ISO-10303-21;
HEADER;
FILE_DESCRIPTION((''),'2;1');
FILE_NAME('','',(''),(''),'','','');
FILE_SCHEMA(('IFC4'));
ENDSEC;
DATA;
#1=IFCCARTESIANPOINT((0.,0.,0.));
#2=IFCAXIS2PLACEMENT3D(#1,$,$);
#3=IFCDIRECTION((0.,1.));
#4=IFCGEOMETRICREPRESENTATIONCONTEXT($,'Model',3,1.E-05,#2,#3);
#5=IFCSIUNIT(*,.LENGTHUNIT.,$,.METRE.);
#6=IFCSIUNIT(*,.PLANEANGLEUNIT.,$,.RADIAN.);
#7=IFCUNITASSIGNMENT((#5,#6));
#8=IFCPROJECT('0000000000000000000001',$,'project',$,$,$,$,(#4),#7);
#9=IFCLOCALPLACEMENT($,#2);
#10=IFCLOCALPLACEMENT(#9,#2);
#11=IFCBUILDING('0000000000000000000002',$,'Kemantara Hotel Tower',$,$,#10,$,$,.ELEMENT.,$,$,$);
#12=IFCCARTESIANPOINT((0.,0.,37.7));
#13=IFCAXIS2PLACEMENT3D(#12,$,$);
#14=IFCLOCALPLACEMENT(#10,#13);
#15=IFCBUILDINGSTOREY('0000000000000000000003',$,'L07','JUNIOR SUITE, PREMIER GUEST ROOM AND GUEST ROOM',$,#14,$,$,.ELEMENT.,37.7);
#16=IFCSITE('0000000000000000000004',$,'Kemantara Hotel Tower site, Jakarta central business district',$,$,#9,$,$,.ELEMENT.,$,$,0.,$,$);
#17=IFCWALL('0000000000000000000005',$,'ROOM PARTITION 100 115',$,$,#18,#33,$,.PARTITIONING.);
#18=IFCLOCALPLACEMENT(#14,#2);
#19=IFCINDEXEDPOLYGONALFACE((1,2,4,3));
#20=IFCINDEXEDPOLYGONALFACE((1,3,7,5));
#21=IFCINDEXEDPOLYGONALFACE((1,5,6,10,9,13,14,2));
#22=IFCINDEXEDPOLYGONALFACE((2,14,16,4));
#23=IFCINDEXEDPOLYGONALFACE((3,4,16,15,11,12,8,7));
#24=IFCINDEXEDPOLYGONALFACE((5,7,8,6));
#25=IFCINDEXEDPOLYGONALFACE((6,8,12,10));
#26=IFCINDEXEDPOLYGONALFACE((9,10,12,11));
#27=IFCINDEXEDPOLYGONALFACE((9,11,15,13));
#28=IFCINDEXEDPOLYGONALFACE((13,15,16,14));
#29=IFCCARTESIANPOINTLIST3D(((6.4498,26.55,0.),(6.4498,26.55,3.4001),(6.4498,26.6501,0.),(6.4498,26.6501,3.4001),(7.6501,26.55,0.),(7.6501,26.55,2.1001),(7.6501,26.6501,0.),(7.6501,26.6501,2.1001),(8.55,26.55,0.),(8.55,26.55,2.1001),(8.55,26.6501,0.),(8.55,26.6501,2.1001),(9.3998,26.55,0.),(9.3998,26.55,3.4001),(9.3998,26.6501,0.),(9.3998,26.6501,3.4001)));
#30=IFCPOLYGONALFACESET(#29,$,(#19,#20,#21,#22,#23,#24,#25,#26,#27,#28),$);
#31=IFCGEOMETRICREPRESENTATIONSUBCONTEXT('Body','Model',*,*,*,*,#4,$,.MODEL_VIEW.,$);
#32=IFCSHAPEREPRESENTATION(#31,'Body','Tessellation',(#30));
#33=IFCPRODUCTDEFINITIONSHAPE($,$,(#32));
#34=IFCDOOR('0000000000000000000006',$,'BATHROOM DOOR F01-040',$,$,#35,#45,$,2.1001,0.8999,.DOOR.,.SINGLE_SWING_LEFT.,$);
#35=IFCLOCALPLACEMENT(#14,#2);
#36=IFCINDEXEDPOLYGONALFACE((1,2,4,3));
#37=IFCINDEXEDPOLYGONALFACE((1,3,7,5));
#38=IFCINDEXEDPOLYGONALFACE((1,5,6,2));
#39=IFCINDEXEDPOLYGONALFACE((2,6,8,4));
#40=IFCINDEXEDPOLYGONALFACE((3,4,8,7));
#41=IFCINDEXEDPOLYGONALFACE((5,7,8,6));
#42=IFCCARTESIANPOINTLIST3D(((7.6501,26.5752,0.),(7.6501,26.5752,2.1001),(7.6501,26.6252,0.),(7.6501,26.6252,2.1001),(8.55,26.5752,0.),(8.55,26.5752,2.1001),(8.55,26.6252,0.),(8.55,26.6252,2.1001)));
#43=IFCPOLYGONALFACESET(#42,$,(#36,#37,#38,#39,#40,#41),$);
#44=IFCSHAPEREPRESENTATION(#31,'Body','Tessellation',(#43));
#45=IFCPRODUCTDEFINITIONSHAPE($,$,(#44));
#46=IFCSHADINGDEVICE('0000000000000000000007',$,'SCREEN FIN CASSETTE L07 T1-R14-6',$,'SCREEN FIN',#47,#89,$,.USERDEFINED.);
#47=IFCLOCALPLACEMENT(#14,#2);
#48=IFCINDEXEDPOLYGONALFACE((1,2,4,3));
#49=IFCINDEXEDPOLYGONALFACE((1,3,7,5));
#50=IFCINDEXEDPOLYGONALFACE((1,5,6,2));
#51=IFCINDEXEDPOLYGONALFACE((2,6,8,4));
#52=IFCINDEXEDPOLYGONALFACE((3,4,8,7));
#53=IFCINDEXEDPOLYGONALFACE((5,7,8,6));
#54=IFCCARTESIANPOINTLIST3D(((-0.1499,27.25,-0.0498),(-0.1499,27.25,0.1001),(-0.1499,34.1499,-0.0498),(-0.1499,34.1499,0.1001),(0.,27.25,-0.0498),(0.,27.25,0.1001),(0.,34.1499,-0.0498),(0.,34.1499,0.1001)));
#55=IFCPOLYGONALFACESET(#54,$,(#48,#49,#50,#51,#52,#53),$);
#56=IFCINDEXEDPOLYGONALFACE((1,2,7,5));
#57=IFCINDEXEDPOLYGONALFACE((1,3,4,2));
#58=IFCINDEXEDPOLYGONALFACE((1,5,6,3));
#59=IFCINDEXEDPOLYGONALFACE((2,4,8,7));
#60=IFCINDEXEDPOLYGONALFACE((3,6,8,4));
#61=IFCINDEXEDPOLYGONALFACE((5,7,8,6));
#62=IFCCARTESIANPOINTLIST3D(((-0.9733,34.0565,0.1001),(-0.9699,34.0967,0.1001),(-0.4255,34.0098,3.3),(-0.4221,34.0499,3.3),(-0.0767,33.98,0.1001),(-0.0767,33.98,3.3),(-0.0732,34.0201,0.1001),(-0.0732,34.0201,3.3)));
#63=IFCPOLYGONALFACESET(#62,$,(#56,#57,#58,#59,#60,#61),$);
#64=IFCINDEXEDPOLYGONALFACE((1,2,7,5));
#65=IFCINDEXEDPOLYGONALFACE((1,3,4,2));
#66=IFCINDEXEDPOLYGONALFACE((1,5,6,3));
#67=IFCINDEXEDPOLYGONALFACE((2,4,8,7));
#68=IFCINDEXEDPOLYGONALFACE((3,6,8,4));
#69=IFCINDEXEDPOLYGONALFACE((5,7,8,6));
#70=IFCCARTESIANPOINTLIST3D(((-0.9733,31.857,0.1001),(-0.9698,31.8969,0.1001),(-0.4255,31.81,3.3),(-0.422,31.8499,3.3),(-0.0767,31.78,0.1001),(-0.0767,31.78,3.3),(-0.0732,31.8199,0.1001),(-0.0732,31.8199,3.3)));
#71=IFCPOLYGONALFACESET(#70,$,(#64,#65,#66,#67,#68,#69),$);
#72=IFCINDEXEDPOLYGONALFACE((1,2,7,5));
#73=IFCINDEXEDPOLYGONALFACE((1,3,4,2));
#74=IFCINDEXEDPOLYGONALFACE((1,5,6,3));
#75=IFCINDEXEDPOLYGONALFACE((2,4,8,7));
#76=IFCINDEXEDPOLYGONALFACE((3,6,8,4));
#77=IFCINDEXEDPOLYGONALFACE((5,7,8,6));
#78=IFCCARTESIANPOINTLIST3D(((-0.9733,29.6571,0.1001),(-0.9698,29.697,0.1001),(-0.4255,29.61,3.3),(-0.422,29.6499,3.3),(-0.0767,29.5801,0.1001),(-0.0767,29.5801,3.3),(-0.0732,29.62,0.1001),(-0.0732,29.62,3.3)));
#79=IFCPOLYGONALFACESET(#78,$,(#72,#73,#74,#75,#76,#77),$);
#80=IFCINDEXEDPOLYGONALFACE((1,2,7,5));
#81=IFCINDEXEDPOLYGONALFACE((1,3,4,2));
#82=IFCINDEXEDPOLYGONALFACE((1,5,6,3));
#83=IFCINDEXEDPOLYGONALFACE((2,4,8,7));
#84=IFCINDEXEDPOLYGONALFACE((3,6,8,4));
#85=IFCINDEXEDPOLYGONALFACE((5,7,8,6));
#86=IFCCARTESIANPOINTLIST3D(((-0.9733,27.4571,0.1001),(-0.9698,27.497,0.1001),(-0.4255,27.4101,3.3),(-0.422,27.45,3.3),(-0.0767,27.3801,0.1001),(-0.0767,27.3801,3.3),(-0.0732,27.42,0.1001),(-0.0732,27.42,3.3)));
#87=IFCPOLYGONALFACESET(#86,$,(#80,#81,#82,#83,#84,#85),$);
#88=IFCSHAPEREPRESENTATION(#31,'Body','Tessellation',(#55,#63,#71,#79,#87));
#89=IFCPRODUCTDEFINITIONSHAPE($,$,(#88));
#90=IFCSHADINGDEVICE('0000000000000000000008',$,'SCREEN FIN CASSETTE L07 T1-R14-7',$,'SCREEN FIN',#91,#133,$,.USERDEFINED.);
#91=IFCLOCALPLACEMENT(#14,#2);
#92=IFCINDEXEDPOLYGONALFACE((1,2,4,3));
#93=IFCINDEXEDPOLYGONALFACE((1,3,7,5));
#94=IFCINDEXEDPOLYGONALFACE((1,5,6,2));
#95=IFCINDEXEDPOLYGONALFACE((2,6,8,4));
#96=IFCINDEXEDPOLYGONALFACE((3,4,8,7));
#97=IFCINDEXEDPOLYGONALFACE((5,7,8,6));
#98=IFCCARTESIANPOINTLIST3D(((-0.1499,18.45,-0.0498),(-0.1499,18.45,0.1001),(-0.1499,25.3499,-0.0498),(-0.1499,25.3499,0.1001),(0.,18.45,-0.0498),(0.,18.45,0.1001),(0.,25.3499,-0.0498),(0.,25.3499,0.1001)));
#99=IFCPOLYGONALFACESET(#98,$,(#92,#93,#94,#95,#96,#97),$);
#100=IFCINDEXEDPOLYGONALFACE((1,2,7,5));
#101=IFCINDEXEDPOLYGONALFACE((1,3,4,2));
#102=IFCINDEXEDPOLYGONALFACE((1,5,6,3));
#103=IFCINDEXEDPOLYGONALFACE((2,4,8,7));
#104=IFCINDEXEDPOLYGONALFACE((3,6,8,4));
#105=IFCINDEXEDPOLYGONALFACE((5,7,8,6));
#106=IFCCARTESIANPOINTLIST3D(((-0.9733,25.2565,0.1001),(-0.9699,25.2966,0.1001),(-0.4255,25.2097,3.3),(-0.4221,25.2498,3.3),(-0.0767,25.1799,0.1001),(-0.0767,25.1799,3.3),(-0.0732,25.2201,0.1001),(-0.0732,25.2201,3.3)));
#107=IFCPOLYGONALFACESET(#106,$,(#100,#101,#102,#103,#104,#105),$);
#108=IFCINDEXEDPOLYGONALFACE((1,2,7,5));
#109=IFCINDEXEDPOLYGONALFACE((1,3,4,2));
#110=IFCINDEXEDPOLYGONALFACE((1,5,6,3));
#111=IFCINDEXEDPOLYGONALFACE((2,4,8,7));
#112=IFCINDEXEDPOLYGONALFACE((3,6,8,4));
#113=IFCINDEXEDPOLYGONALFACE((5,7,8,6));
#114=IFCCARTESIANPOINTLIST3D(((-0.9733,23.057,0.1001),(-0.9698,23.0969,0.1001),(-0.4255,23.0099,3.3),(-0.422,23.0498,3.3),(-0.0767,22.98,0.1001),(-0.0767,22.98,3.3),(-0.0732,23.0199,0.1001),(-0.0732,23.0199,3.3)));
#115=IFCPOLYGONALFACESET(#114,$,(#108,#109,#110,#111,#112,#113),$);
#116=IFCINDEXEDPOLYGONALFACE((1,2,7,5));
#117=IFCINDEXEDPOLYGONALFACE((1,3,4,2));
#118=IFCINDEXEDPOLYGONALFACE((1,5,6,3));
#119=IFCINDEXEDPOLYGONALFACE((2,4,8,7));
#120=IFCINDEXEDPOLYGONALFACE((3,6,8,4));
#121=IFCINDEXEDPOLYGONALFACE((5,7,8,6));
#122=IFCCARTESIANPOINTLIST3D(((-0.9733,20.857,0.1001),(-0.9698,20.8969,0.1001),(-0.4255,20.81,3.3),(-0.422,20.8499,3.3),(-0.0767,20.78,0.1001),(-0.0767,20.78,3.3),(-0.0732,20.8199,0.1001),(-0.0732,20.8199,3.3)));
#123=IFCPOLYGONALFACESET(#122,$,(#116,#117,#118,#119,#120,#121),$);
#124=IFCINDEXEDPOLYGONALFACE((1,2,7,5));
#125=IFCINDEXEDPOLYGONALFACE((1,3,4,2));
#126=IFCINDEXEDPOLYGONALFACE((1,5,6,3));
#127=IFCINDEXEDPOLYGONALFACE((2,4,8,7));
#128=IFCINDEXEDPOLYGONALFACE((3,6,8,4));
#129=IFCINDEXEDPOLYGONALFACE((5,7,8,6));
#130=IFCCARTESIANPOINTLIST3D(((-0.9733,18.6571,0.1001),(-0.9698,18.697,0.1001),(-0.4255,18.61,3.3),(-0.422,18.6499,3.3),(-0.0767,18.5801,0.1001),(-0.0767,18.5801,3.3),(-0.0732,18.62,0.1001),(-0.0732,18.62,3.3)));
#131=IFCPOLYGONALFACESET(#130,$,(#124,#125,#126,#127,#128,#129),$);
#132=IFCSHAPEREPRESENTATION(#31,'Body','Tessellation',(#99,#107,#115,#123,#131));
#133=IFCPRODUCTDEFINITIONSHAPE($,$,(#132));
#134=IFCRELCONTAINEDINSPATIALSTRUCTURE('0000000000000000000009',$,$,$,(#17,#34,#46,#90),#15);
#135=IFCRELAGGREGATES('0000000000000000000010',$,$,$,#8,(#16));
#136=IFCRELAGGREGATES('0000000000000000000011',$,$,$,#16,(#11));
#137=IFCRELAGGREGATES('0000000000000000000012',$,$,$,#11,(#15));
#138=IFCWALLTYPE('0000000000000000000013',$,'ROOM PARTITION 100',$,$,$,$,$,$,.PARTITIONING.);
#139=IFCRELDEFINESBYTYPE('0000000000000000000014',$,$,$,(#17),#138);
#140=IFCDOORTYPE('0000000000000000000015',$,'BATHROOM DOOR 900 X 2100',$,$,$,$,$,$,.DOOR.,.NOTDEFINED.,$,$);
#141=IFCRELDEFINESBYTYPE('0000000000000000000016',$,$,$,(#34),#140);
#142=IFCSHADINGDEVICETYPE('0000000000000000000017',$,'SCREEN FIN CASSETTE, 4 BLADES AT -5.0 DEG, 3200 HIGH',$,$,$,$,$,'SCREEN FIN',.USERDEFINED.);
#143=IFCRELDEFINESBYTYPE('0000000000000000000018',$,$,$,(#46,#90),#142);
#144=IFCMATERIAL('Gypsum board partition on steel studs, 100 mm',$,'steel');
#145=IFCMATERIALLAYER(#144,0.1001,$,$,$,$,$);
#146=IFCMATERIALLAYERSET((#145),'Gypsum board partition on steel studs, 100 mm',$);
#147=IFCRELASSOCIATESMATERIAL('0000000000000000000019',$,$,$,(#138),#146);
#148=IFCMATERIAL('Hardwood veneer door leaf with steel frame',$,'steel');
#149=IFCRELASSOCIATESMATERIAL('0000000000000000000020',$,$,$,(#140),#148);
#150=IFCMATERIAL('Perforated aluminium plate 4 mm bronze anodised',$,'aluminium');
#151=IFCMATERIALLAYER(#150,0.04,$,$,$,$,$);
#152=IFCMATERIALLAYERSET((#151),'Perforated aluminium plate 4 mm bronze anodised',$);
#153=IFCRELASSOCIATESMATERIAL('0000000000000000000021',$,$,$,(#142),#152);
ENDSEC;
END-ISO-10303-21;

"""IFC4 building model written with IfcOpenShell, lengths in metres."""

from ifc_helpers import new_model, si_unit, direction, frame, frame_2d, origin, origin_2d, place, context, subcontext, project, spatial, polyline, rectangle, outline, extrude, source, transform, mapped, material, layer, layer_set, type_object, element, fill, save


model = new_model("IFC4")

# Units and contexts
model_context = context("Model", 3, precision=1e-05, world=origin(), true_north=direction((0.0, 1.0)))
body_context = subcontext(model_context, "Body", "Model", "MODEL_VIEW")
ifc_project = project(units=[si_unit("LENGTHUNIT", "METRE"), si_unit("PLANEANGLEUNIT", "RADIAN")], contexts=[model_context])

# Site, building, storey
site_placement = place(None, origin())
site = spatial("IfcSite", under=ifc_project, at=site_placement, Name="Kemantara Hotel Tower site, Jakarta central business district", CompositionType="ELEMENT", RefElevation=0.0)
building_placement = place(site_placement, origin())
building = spatial("IfcBuilding", under=site, at=building_placement, Name="Kemantara Hotel Tower", CompositionType="ELEMENT")
storey_placement = place(building_placement, frame((0.0, 0.0, 37.7)))
storey = spatial("IfcBuildingStorey", under=building, at=storey_placement, Name="L07", Description="JUNIOR SUITE, PREMIER GUEST ROOM AND GUEST ROOM", CompositionType="ELEMENT", Elevation=37.7)

# Shared definitions
ifc_material_1 = material(Name="Hardwood veneer door leaf with steel frame", Category="steel")

# Shared definitions
ifc_material_2 = material(Name="Gypsum board partition on steel studs, 100 mm", Category="steel")
ifc_layer_1 = layer(ifc_material_2, 0.1001)
ifc_layer_set_1 = layer_set([ifc_layer_1], Name="Gypsum board partition on steel studs, 100 mm")
wall_type_1 = type_object("IfcWallType", Name="ROOM PARTITION 100", PredefinedType="PARTITIONING", material=ifc_layer_set_1)

# Wall, opening, door
wall_1_placement = place(storey_placement, frame((9.3999, 26.6001, 0.0), z_axis=(0.0, 0.0, 1.0), x_axis=(-1.0, 0.0, 0.0)))
wall_1 = element("IfcWall", 1, at=wall_1_placement, inside=storey, type_object=wall_type_1, Name="ROOM PARTITION 100 115", PredefinedType="PARTITIONING", context=body_context, shape_type="SweptSolid", body=[
    extrude(rectangle(XDim=2.95, YDim=0.1001, at=frame_2d((1.4751, 0.0))), origin(), (0.0, 0.0, 1.0), 3.4001),
])
opening_1_placement = place(wall_1_placement, frame((0.8499, 0.0, 0.0)))
opening_1 = element("IfcOpeningElement", 2, at=opening_1_placement, cuts=wall_1, PredefinedType="OPENING", context=body_context, shape_type="SweptSolid", body=[
    extrude(rectangle(XDim=0.8999, YDim=2.1001, at=frame_2d((0.45, 1.05))), frame((0.0, 0.0601, 0.0), z_axis=(0.0, -1.0, 0.0), x_axis=(1.0, 0.0, 0.0)), (0.0, 0.0, 1.0), 0.1201),
])
door_type_1 = type_object("IfcDoorType", Name="BATHROOM DOOR 900 X 2100", OperationType="NOTDEFINED", PredefinedType="DOOR", material=ifc_material_1)
door_1_placement = place(opening_1_placement, origin())
door_1 = element("IfcDoor", 3, at=door_1_placement, inside=storey, type_object=door_type_1, Name="BATHROOM DOOR F01-040", OperationType="SINGLE_SWING_LEFT", OverallHeight=2.1001, OverallWidth=0.8999, PredefinedType="DOOR", context=body_context, shape_type="SweptSolid", body=[
    extrude(rectangle(XDim=0.8999, YDim=2.1001, at=frame_2d((0.45, 1.05))), frame((0.0, 0.0249, 0.0), z_axis=(0.0, -1.0, 0.0), x_axis=(1.0, 0.0, 0.0)), (0.0, 0.0, 1.0), 0.05),
])
fill(opening_1, door_1)

# Shading devices
ifc_material_3 = material(Name="Perforated aluminium plate 4 mm bronze anodised", Category="aluminium")
ifc_layer_2 = layer(ifc_material_3, 0.04)
ifc_layer_set_2 = layer_set([ifc_layer_2], Name="Perforated aluminium plate 4 mm bronze anodised")
shading_device_type = type_object("IfcShadingDeviceType", Name="SCREEN FIN CASSETTE, 4 BLADES AT -5.0 DEG, 3200 HIGH", ElementType="SCREEN FIN", PredefinedType="USERDEFINED", material=ifc_layer_set_2)
shared_shape = source(origin(), body_context, "Body", "SweptSolid", [
    extrude(rectangle(XDim=6.8999, YDim=0.1499, at=origin_2d()), frame((3.3, -0.075, -0.1499), z_axis=(0.0, 0.0, 1.0), x_axis=(1.0, 0.0, 0.0)), (0.0, 0.0, 1.0), 0.1499),
    extrude(outline(polyline([(0.0, 0.0), (0.8999, 0.0), (0.3501, 3.2), (0.0, 3.2), (0.0, 0.0)])), frame((0.02, -0.0767, 0.0), z_axis=(-0.996376, 0.085056, 0.0), x_axis=(-0.085056, -0.996376, 0.0)), (0.0, 0.0, 1.0), 0.0403),
    extrude(outline(polyline([(0.0, 0.0), (0.8999, 0.0), (0.3501, 3.2), (0.0, 3.2), (0.0, 0.0)])), frame((2.22, -0.0767, 0.0), z_axis=(-0.996332, 0.085575, 0.0), x_axis=(-0.085575, -0.996332, 0.0)), (0.0, 0.0, 1.0), 0.04),
    extrude(outline(polyline([(0.0, 0.0), (0.8999, 0.0), (0.3501, 3.2), (0.0, 3.2), (0.0, 0.0)])), frame((4.4199, -0.0767, 0.0), z_axis=(-0.996332, 0.085575, 0.0), x_axis=(-0.085575, -0.996332, 0.0)), (0.0, 0.0, 1.0), 0.04),
    extrude(outline(polyline([(0.0, 0.0), (0.8999, 0.0), (0.3501, 3.2), (0.0, 3.2), (0.0, 0.0)])), frame((6.6199, -0.0767, 0.0), z_axis=(-0.996332, 0.085575, 0.0), x_axis=(-0.085575, -0.996332, 0.0)), (0.0, 0.0, 1.0), 0.04),
])
for number, where, z_axis, x_axis, name in (
    (4, (0.0, 34.0, 0.1001), (0.0, 0.0, 1.0), (0.0, -1.0, 0.0), "SCREEN FIN CASSETTE L07 T1-R14-6"),
    (5, (0.0, 25.2, 0.1001), (0.0, 0.0, 1.0), (0.0, -1.0, 0.0), "SCREEN FIN CASSETTE L07 T1-R14-7"),
):
    element("IfcShadingDevice", number, at=place(storey_placement, frame(where, z_axis=z_axis, x_axis=x_axis)), inside=storey, type_object=shading_device_type, Name=name, ObjectType="SCREEN FIN", PredefinedType="USERDEFINED", context=body_context, shape_type="MappedRepresentation", body=[
        mapped(shared_shape, transform((0.0, 0.0, 0.0))),
    ])

save(model, "model.ifc")
